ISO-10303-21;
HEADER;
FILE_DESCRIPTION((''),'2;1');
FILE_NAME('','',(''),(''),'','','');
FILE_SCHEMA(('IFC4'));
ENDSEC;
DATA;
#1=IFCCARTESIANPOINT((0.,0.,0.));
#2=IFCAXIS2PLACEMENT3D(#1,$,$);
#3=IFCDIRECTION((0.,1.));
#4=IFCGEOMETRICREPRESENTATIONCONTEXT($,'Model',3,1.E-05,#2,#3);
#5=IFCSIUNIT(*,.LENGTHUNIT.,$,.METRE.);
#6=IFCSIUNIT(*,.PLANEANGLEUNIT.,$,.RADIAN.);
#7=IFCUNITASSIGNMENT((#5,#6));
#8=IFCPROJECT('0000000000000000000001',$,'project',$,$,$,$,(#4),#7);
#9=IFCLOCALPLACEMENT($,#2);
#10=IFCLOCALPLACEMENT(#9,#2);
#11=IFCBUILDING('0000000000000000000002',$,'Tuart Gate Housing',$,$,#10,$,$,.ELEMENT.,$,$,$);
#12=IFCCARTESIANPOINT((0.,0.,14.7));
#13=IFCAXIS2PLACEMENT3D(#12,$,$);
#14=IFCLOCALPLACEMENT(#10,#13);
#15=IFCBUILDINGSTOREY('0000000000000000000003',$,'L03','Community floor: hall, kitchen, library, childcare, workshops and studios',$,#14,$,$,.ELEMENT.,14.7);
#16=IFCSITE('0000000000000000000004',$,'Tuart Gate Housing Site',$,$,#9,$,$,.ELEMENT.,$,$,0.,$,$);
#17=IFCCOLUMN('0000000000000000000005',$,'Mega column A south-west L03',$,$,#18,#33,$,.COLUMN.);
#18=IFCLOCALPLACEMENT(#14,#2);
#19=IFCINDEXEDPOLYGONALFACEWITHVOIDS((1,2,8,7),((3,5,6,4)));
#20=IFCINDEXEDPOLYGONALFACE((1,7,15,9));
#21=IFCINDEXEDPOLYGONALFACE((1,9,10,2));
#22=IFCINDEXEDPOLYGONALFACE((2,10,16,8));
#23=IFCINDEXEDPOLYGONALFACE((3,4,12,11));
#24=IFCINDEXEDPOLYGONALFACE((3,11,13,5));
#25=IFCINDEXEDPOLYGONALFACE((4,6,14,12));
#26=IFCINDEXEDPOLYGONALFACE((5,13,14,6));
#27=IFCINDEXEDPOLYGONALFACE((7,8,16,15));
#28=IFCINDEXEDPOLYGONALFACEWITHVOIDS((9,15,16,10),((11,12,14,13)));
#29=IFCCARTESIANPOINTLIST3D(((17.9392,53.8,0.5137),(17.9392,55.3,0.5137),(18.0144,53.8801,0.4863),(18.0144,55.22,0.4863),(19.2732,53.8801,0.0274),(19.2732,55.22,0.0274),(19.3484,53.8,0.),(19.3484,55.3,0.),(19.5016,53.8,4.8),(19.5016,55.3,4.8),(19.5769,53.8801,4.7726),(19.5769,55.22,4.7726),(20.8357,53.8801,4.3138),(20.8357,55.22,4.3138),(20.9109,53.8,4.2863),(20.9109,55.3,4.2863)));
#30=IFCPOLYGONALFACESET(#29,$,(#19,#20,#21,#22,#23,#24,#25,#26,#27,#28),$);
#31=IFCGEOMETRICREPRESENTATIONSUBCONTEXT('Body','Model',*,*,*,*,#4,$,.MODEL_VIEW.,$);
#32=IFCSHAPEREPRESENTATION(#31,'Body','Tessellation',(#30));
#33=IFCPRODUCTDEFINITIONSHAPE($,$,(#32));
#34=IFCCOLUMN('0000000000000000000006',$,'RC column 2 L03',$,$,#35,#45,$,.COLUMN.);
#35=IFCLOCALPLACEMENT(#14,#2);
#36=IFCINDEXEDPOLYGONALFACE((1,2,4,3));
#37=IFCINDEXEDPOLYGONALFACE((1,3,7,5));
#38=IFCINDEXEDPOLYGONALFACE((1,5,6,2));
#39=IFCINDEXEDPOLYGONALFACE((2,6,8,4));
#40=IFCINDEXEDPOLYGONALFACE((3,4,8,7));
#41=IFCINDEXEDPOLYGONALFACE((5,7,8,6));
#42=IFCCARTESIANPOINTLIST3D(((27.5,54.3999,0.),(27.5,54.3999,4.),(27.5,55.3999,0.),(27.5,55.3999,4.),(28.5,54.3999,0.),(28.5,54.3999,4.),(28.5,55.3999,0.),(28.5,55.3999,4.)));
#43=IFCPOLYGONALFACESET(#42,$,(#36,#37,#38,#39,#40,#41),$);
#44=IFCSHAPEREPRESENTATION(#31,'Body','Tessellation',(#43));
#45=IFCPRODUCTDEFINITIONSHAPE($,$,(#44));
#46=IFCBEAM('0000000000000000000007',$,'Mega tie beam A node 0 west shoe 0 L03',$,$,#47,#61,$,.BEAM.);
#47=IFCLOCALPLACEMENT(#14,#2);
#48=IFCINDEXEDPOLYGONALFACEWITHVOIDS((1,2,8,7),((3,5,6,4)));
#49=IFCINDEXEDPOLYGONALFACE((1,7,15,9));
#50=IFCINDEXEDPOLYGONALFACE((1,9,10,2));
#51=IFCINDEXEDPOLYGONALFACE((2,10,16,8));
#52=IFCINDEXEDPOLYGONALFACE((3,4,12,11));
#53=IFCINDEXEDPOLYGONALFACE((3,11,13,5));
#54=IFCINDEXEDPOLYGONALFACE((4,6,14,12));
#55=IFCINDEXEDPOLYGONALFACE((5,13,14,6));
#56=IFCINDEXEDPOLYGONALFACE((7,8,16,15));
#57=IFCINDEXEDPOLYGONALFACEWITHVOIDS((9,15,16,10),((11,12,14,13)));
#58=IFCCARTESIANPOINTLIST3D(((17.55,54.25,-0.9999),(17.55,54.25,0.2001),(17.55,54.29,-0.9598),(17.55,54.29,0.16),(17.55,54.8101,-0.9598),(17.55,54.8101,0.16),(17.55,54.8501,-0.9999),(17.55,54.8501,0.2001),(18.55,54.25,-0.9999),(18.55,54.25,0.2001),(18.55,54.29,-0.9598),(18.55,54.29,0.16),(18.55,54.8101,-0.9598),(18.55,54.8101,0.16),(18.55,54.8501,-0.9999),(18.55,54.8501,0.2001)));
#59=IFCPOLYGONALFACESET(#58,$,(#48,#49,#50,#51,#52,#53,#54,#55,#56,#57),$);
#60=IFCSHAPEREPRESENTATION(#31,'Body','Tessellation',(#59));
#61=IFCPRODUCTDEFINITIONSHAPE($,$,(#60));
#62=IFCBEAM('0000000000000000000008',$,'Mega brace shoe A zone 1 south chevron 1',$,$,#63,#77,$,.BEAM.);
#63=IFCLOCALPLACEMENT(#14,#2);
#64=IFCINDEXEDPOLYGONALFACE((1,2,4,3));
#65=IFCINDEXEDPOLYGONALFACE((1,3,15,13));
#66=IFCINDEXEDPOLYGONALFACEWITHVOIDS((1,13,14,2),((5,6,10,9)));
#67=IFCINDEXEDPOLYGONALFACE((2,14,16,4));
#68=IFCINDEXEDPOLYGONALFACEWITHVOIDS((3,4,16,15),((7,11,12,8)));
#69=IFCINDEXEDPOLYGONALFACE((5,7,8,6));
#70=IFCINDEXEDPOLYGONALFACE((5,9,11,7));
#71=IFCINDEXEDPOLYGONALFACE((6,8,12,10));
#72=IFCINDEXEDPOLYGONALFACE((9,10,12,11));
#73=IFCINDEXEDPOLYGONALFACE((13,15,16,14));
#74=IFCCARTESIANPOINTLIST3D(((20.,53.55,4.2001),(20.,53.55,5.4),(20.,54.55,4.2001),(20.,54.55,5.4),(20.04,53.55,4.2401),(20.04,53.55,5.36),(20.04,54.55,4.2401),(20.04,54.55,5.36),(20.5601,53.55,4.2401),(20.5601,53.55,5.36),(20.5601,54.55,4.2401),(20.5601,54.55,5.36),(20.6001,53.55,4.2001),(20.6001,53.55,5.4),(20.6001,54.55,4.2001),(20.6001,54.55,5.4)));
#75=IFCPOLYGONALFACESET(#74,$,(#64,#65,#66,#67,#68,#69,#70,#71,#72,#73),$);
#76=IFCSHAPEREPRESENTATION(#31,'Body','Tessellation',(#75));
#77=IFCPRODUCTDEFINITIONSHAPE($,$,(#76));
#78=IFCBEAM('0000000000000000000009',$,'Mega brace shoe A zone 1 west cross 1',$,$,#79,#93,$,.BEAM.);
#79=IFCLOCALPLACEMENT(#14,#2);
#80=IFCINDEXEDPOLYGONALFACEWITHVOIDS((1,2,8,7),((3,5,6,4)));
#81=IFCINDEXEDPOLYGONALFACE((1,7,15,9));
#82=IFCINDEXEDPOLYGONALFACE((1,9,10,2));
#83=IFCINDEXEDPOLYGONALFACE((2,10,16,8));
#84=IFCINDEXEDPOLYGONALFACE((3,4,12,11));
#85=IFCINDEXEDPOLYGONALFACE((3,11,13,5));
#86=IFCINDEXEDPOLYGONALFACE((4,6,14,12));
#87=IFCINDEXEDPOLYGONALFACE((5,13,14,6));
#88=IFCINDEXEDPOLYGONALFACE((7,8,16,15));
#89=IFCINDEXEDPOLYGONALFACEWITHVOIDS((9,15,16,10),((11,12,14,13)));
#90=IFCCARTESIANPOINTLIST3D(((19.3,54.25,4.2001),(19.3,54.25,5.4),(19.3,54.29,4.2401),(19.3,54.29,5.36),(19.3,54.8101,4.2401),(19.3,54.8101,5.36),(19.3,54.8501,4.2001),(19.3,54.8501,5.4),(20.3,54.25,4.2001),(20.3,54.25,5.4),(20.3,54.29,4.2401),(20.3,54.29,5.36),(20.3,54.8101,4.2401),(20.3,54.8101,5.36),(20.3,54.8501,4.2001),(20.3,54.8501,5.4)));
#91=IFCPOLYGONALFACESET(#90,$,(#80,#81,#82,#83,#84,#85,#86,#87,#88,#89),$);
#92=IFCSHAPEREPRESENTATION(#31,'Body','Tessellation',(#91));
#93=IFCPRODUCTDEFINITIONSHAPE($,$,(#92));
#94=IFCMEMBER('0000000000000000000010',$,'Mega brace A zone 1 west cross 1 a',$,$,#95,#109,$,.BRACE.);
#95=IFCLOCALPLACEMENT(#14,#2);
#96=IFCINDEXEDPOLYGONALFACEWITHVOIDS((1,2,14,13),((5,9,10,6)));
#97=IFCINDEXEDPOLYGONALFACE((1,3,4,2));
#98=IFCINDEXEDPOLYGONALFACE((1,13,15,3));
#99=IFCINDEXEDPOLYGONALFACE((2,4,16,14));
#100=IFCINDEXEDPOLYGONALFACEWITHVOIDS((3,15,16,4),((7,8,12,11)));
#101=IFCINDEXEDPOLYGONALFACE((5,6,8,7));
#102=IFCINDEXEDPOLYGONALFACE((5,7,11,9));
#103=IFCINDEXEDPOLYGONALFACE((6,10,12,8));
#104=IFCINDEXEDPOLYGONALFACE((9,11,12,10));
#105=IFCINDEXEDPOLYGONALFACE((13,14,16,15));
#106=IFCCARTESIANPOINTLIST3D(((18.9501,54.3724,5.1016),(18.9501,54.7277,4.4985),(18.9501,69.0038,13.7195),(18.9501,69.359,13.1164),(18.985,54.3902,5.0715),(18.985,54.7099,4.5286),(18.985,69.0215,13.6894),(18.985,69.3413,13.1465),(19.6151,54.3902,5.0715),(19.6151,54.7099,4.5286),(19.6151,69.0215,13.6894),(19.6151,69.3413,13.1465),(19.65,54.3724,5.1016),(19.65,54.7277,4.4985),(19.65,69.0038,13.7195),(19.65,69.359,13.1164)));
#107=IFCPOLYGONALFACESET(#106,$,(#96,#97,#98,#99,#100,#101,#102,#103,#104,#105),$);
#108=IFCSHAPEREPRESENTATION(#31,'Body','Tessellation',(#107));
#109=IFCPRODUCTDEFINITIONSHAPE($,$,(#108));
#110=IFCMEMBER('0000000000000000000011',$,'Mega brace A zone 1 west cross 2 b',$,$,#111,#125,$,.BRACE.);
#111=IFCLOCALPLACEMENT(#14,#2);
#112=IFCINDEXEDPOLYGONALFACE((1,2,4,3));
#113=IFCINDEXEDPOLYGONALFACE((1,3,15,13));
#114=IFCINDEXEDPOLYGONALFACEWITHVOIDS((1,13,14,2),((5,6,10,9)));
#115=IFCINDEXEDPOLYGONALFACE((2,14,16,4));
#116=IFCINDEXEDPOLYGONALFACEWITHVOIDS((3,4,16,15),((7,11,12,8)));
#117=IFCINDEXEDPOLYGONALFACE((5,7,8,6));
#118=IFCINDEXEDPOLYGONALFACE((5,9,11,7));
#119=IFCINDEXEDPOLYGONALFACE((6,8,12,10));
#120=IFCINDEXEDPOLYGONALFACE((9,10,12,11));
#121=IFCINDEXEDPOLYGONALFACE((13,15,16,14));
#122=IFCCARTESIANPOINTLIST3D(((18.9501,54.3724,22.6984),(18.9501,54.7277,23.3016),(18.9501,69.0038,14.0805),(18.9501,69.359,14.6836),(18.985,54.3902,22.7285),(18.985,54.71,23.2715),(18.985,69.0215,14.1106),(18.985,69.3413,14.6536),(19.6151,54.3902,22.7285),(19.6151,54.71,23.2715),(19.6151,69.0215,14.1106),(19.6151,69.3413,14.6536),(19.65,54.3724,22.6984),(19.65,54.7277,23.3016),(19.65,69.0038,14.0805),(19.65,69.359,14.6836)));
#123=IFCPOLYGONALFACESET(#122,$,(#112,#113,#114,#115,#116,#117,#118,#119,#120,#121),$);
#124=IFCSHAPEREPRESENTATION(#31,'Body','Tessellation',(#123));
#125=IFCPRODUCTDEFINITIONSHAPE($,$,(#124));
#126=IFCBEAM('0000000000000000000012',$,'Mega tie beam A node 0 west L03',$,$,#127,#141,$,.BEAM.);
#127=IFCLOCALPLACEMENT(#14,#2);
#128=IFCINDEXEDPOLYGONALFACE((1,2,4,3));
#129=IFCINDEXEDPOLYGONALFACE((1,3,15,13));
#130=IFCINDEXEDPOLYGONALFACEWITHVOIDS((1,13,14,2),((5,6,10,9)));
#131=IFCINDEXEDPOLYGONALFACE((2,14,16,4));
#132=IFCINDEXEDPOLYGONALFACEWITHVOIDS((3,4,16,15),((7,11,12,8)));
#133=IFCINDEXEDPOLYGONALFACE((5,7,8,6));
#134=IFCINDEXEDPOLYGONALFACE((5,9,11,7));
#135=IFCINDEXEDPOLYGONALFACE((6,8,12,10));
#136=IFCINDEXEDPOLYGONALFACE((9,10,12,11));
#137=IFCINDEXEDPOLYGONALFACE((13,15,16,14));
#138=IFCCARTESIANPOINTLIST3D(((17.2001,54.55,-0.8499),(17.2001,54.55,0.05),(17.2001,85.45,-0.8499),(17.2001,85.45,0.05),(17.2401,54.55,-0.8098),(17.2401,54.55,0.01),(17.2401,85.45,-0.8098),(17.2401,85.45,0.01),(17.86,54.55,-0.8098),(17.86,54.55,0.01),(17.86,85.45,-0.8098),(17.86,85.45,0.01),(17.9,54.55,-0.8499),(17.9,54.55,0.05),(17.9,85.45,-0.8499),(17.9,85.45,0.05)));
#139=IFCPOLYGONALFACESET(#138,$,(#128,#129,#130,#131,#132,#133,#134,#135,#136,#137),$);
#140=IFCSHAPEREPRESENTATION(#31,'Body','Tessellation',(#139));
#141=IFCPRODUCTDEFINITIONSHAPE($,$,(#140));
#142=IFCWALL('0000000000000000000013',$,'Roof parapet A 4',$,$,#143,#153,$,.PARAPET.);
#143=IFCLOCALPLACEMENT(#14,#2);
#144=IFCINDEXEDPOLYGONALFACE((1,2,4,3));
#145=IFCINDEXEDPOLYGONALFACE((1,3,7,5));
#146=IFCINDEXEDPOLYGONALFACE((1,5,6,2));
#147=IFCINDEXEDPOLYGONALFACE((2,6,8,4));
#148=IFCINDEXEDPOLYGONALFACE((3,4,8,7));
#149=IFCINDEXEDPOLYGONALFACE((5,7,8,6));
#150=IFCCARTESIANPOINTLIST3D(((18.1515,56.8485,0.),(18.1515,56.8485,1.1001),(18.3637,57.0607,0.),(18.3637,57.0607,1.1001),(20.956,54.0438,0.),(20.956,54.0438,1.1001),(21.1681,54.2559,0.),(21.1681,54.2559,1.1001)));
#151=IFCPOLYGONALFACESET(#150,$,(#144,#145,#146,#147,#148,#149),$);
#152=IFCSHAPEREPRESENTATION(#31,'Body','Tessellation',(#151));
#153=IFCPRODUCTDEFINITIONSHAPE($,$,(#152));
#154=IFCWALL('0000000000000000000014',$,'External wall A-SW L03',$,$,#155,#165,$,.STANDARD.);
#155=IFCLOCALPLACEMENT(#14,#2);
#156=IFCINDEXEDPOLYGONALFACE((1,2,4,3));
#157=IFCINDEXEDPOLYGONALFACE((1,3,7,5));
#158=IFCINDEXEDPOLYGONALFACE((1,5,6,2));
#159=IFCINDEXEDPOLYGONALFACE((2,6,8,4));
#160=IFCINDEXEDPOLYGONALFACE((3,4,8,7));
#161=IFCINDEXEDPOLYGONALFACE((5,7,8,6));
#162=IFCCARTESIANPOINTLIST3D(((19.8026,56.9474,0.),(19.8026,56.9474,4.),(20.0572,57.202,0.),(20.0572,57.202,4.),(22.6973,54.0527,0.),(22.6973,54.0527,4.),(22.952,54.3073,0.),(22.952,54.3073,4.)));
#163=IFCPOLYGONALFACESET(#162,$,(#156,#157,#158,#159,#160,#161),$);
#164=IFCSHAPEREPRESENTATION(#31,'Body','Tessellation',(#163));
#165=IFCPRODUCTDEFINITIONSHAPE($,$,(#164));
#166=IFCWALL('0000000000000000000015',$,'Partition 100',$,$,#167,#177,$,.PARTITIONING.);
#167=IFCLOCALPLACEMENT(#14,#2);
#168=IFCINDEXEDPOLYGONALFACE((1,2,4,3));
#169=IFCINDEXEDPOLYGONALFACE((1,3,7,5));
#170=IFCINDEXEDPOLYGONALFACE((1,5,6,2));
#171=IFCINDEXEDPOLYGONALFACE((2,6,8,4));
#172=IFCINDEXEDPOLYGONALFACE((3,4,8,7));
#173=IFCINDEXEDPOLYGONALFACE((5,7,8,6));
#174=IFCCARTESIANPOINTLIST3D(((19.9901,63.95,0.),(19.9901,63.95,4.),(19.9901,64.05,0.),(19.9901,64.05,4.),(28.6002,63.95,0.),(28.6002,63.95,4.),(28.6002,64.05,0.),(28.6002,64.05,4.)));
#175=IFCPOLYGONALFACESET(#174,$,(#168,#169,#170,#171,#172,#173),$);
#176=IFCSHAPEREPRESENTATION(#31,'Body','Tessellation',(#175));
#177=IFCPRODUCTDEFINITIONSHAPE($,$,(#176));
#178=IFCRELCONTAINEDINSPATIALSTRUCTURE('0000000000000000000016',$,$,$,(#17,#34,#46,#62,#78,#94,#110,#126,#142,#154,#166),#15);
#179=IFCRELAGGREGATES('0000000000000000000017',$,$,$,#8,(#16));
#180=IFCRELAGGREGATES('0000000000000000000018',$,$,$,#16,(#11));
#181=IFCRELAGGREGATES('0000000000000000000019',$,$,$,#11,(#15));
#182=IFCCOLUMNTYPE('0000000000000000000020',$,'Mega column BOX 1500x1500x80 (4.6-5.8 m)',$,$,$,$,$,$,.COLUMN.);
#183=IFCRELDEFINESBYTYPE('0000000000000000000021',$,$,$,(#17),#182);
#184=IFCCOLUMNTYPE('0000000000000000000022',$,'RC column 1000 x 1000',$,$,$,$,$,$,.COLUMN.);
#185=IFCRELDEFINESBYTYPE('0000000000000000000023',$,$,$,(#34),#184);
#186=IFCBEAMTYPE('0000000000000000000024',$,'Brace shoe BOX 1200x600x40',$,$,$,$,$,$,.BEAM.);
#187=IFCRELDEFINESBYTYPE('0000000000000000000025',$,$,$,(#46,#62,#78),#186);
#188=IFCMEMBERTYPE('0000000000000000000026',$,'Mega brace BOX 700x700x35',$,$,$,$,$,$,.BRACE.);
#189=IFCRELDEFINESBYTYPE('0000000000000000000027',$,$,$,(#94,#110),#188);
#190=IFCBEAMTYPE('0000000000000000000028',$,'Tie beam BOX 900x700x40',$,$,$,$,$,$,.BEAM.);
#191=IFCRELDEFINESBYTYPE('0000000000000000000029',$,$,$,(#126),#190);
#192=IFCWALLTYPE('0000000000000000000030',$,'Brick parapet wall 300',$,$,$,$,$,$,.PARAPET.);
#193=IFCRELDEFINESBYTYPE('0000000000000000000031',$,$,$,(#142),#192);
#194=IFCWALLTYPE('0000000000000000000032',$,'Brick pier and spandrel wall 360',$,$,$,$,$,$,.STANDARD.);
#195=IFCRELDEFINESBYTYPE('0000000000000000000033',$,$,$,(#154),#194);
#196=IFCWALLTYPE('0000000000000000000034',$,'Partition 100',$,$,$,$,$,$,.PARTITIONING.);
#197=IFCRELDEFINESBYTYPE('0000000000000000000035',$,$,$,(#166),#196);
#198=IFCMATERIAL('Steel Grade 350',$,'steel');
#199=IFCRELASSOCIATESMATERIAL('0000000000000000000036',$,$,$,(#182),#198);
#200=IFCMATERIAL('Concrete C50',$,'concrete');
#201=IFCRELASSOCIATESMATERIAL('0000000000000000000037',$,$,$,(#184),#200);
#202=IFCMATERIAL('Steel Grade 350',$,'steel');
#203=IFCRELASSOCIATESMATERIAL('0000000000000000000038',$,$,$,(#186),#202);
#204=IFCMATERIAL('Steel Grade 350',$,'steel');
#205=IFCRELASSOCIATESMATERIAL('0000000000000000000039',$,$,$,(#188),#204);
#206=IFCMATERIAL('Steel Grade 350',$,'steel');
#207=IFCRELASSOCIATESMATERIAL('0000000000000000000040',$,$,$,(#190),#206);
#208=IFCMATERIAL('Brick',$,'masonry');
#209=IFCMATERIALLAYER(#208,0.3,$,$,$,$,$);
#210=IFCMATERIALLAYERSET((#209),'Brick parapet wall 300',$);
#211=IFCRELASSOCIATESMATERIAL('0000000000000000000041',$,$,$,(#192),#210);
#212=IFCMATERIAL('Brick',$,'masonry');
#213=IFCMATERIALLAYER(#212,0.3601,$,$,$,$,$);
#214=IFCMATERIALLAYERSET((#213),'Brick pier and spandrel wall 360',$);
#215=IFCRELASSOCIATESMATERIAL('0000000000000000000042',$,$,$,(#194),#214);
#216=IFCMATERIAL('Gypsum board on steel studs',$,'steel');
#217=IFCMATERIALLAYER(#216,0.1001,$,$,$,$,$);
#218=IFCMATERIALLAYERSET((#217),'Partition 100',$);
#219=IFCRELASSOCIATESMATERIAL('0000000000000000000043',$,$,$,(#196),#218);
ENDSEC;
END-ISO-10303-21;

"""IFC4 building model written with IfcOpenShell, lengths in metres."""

from ifc_helpers import new_model, si_unit, direction, frame, frame_2d, origin, origin_2d, place, context, subcontext, project, spatial, rectangle, hollow_rectangle, extrude, material, layer, layer_set, material_profile, profile_set, type_object, element, save


model = new_model("IFC4")

# Units and contexts
model_context = context("Model", 3, precision=1e-05, world=origin(), true_north=direction((0.0, 1.0)))
body_context = subcontext(model_context, "Body", "Model", "MODEL_VIEW")
ifc_project = project(units=[si_unit("LENGTHUNIT", "METRE"), si_unit("PLANEANGLEUNIT", "RADIAN")], contexts=[model_context])

# Site, building, storey
site_placement = place(None, origin())
site = spatial("IfcSite", under=ifc_project, at=site_placement, Name="Tuart Gate Housing Site", CompositionType="ELEMENT", RefElevation=0.0)
building_placement = place(site_placement, origin())
building = spatial("IfcBuilding", under=site, at=building_placement, Name="Tuart Gate Housing", CompositionType="ELEMENT")
storey_placement = place(building_placement, frame((0.0, 0.0, 14.7)))
storey = spatial("IfcBuildingStorey", under=building, at=storey_placement, Name="L03", Description="Community floor: hall, kitchen, library, childcare, workshops and studios", CompositionType="ELEMENT", Elevation=14.7)

# Columns
ifc_material_1 = material(Name="Steel Grade 350", Category="steel")
ifc_material_profile_1 = material_profile(ifc_material_1, hollow_rectangle(XDim=1.5, YDim=1.5, WallThickness=0.0801, at=origin_2d()), Name="BOX 1500x1500x80")
ifc_profile_set_1 = profile_set([ifc_material_profile_1], Name="Steel Grade 350")
column_type_1 = type_object("IfcColumnType", Name="Mega column BOX 1500x1500x80 (4.6-5.8 m)", PredefinedType="COLUMN", material=ifc_profile_set_1)
column_1_placement = place(storey_placement, frame((18.6438, 54.55, 0.2568), z_axis=(0.342482, 0.0, 0.939524), x_axis=(0.0, 1.0, 0.0)))
element("IfcColumn", 1, at=column_1_placement, inside=storey, type_object=column_type_1, Name="Mega column A south-west L03", PredefinedType="COLUMN", context=body_context, shape_type="SweptSolid", body=[
    extrude(hollow_rectangle(XDim=1.5, YDim=1.5, WallThickness=0.0801, at=origin_2d()), origin(), (0.0, 0.0, 1.0), 4.5623),
])
ifc_material_2 = material(Name="Concrete C50", Category="concrete")
ifc_material_profile_2 = material_profile(ifc_material_2, rectangle(XDim=1.0, YDim=1.0, at=origin_2d()), Name="RC column 1000 x 1000")
ifc_profile_set_2 = profile_set([ifc_material_profile_2], Name="Concrete C50")
column_type_2 = type_object("IfcColumnType", Name="RC column 1000 x 1000", PredefinedType="COLUMN", material=ifc_profile_set_2)
column_2_placement = place(storey_placement, frame((28.0, 54.8999, 0.0), z_axis=(0.0, 0.0, 1.0), x_axis=(1.0, 0.0, 0.0)))
element("IfcColumn", 2, at=column_2_placement, inside=storey, type_object=column_type_2, Name="RC column 2 L03", PredefinedType="COLUMN", context=body_context, shape_type="SweptSolid", body=[
    extrude(rectangle(XDim=1.0, YDim=1.0, at=origin_2d()), origin(), (0.0, 0.0, 1.0), 4.0),
])

# Beams
ifc_material_3 = material(Name="Steel Grade 350", Category="steel")
ifc_material_profile_3 = material_profile(ifc_material_3, hollow_rectangle(XDim=0.6001, YDim=1.2, WallThickness=0.04, at=origin_2d()), Name="BOX 1200x600x40")
ifc_profile_set_3 = profile_set([ifc_material_profile_3], Name="Steel Grade 350")
beam_type_1 = type_object("IfcBeamType", Name="Brace shoe BOX 1200x600x40", PredefinedType="BEAM", material=ifc_profile_set_3)
for number, where, z_axis, x_axis, name in (
    (3, (18.55, 54.55, -0.3999), (-1.0, 0.0, 0.0), (0.0, -1.0, 0.0), "Mega tie beam A node 0 west shoe 0 L03"),
    (4, (20.3, 54.55, 4.8), (0.0, -1.0, 0.0), (1.0, 0.0, 0.0), "Mega brace shoe A zone 1 south chevron 1"),
    (5, (20.3, 54.55, 4.8), (-1.0, 0.0, 0.0), (0.0, -1.0, 0.0), "Mega brace shoe A zone 1 west cross 1"),
):
    element("IfcBeam", number, at=place(storey_placement, frame(where, z_axis=z_axis, x_axis=x_axis)), inside=storey, type_object=beam_type_1, Name=name, PredefinedType="BEAM", context=body_context, shape_type="SweptSolid", body=[
        extrude(hollow_rectangle(XDim=0.6001, YDim=1.2, WallThickness=0.04, at=origin_2d()), origin(), (0.0, 0.0, 1.0), 1.0),
    ])

# Members
ifc_material_4 = material(Name="Steel Grade 350", Category="steel")
ifc_material_profile_4 = material_profile(ifc_material_4, hollow_rectangle(XDim=0.7, YDim=0.7, WallThickness=0.0349, at=origin_2d()), Name="BOX 700x700x35")
ifc_profile_set_4 = profile_set([ifc_material_profile_4], Name="Steel Grade 350")
member_type = type_object("IfcMemberType", Name="Mega brace BOX 700x700x35", PredefinedType="BRACE", material=ifc_profile_set_4)
for number, where, z_axis, x_axis, name in (
    (6, (19.3, 54.55, 4.8), (0.0, 0.861645, 0.507512), (-1.0, 0.0, 0.0), "Mega brace A zone 1 west cross 1 a"),
    (7, (19.3, 69.1814, 14.3821), (0.0, -0.861645, 0.507512), (1.0, 0.0, 0.0), "Mega brace A zone 1 west cross 2 b"),
):
    element("IfcMember", number, at=place(storey_placement, frame(where, z_axis=z_axis, x_axis=x_axis)), inside=storey, type_object=member_type, Name=name, PredefinedType="BRACE", context=body_context, shape_type="SweptSolid", body=[
        extrude(hollow_rectangle(XDim=0.7, YDim=0.7, WallThickness=0.0349, at=origin_2d()), origin(), (0.0, 0.0, 1.0), 16.9807),
    ])

# Beam
ifc_material_5 = material(Name="Steel Grade 350", Category="steel")
ifc_material_profile_5 = material_profile(ifc_material_5, hollow_rectangle(XDim=0.7, YDim=0.8999, WallThickness=0.04, at=origin_2d()), Name="BOX 900x700x40")
ifc_profile_set_5 = profile_set([ifc_material_profile_5], Name="Steel Grade 350")
beam_type_2 = type_object("IfcBeamType", Name="Tie beam BOX 900x700x40", PredefinedType="BEAM", material=ifc_profile_set_5)
beam_placement = place(storey_placement, frame((17.55, 54.55, -0.3999), z_axis=(0.0, 1.0, 0.0), x_axis=(-1.0, 0.0, 0.0)))
element("IfcBeam", 8, at=beam_placement, inside=storey, type_object=beam_type_2, Name="Mega tie beam A node 0 west L03", PredefinedType="BEAM", context=body_context, shape_type="SweptSolid", body=[
    extrude(hollow_rectangle(XDim=0.7, YDim=0.8999, WallThickness=0.04, at=origin_2d()), origin(), (0.0, 0.0, 1.0), 30.8999),
])

# Walls
ifc_material_6 = material(Name="Brick", Category="masonry")
ifc_layer_1 = layer(ifc_material_6, 0.3)
ifc_layer_set_1 = layer_set([ifc_layer_1], Name="Brick parapet wall 300")
wall_type_1 = type_object("IfcWallType", Name="Brick parapet wall 300", PredefinedType="PARAPET", material=ifc_layer_set_1)
wall_1_placement = place(storey_placement, frame((18.2576, 56.9546, 0.0), z_axis=(0.0, 0.0, 1.0), x_axis=(0.707076, -0.707138, 0.0)))
element("IfcWall", 9, at=wall_1_placement, inside=storey, type_object=wall_type_1, Name="Roof parapet A 4", PredefinedType="PARAPET", context=body_context, shape_type="SweptSolid", body=[
    extrude(rectangle(XDim=3.9663, YDim=0.3, at=frame_2d((1.9832, 0.0))), origin(), (0.0, 0.0, 1.0), 1.1001),
])
ifc_material_7 = material(Name="Brick", Category="masonry")
ifc_layer_2 = layer(ifc_material_7, 0.3601)
ifc_layer_set_2 = layer_set([ifc_layer_2], Name="Brick pier and spandrel wall 360")
wall_type_2 = type_object("IfcWallType", Name="Brick pier and spandrel wall 360", PredefinedType="STANDARD", material=ifc_layer_set_2)
wall_2_placement = place(storey_placement, frame((19.9299, 57.0747, 0.0), z_axis=(0.0, 0.0, 1.0), x_axis=(0.707107, -0.707107, 0.0)))
element("IfcWall", 10, at=wall_2_placement, inside=storey, type_object=wall_type_2, Name="External wall A-SW L03", PredefinedType="STANDARD", context=body_context, shape_type="SweptSolid", body=[
    extrude(rectangle(XDim=4.0938, YDim=0.3601, at=frame_2d((2.0469, 0.0))), origin(), (0.0, 0.0, 1.0), 4.0),
])
ifc_material_8 = material(Name="Gypsum board on steel studs", Category="steel")
ifc_layer_3 = layer(ifc_material_8, 0.1001)
ifc_layer_set_3 = layer_set([ifc_layer_3], Name="Partition 100")
wall_type_3 = type_object("IfcWallType", Name="Partition 100", PredefinedType="PARTITIONING", material=ifc_layer_set_3)
wall_3_placement = place(storey_placement, frame((19.99, 64.0, 0.0), z_axis=(0.0, 0.0, 1.0), x_axis=(1.0, 0.0, 0.0)))
element("IfcWall", 11, at=wall_3_placement, inside=storey, type_object=wall_type_3, Name="Partition 100", PredefinedType="PARTITIONING", context=body_context, shape_type="SweptSolid", body=[
    extrude(rectangle(XDim=8.6101, YDim=0.1001, at=frame_2d((4.3052, 0.0))), origin(), (0.0, 0.0, 1.0), 4.0),
])

save(model, "model.ifc")
